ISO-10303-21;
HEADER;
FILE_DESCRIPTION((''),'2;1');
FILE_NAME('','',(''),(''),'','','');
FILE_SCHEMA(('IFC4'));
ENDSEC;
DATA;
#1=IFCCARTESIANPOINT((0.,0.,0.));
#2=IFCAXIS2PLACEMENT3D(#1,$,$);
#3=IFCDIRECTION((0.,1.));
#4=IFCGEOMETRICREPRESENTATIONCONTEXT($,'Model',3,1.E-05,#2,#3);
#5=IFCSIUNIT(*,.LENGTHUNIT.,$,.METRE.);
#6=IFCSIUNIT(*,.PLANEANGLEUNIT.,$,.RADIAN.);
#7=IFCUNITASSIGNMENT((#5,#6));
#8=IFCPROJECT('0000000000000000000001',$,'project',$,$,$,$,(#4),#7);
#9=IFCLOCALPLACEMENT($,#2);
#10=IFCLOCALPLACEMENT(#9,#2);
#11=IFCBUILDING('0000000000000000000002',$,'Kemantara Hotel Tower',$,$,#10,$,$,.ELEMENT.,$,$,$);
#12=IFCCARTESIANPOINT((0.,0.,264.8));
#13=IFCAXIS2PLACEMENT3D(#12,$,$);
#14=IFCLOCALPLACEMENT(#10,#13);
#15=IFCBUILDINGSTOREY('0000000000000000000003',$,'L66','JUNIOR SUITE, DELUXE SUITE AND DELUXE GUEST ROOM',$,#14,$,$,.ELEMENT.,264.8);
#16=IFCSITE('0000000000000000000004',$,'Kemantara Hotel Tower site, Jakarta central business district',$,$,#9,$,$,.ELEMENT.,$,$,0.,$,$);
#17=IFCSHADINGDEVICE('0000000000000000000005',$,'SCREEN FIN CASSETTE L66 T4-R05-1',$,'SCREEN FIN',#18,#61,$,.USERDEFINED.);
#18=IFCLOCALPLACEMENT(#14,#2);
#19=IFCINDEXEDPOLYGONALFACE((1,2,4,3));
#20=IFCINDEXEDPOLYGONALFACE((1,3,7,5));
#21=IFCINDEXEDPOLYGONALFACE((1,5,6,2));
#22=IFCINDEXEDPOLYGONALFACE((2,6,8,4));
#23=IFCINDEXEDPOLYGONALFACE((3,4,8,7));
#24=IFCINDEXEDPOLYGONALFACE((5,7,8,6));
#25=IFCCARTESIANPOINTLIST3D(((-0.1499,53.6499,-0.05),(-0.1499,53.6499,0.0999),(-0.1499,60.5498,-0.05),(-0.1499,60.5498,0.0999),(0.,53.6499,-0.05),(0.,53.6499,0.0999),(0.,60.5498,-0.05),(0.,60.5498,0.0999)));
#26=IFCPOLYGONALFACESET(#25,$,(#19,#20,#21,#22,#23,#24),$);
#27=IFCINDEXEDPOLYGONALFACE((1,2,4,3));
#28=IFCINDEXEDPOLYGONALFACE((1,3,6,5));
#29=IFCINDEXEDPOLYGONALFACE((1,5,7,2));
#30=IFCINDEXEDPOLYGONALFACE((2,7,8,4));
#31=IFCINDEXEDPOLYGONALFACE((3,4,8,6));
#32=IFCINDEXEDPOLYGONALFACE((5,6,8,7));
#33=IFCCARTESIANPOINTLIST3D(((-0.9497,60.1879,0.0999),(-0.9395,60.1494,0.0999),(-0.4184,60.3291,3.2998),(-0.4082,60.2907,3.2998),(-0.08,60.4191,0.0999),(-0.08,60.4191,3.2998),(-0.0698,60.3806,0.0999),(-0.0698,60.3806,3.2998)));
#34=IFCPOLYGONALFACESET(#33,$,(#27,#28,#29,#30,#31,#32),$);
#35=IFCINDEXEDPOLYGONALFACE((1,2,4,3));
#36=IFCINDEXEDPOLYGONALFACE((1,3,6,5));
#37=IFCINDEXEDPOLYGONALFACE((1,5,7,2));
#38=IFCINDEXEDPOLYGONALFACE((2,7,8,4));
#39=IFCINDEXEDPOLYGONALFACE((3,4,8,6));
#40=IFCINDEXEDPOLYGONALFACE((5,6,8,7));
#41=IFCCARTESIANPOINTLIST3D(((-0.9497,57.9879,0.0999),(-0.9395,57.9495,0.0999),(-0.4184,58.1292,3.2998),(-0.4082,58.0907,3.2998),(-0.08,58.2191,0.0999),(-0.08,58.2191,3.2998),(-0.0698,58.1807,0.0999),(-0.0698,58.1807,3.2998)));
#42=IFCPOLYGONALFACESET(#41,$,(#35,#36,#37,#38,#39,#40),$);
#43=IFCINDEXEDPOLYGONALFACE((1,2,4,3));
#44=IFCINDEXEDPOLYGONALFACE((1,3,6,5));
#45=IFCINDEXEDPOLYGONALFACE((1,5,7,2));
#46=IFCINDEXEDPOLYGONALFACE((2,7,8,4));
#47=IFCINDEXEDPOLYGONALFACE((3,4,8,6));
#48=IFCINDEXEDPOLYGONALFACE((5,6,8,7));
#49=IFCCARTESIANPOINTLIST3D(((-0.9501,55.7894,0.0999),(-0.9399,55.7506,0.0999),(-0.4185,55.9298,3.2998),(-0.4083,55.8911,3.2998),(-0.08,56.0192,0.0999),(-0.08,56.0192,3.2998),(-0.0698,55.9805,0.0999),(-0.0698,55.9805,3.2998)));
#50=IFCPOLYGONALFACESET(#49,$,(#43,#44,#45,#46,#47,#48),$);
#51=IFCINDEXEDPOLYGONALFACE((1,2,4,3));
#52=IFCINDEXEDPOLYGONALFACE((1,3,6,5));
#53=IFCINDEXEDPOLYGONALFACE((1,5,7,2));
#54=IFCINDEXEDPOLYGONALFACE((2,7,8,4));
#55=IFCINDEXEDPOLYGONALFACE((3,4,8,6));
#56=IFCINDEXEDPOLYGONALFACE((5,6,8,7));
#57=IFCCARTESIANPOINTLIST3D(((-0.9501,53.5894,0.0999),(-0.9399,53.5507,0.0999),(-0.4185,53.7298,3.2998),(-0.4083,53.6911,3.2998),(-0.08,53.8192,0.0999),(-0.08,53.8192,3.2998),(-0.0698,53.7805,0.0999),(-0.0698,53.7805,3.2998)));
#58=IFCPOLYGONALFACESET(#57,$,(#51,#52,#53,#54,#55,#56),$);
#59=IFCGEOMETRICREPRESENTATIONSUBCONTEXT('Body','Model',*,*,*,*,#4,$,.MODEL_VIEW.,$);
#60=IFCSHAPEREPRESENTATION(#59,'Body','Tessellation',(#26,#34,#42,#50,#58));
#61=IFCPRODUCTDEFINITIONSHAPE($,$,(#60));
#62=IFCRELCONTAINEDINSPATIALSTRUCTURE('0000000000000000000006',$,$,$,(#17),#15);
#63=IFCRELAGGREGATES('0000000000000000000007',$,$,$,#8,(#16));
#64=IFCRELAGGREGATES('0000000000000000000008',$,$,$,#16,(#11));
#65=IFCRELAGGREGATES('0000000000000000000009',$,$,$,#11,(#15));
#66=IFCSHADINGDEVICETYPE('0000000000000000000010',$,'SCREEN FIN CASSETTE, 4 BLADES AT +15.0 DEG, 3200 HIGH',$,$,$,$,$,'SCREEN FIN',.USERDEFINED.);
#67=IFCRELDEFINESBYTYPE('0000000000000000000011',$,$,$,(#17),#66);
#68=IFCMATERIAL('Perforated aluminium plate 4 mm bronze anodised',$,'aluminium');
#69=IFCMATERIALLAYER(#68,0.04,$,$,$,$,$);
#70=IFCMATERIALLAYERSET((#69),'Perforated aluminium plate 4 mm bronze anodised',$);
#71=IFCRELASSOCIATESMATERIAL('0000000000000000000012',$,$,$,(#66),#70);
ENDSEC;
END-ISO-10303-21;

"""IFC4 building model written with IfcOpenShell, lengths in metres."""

from ifc_helpers import new_model, si_unit, direction, frame, origin, origin_2d, place, context, subcontext, project, spatial, polyline, rectangle, outline, extrude, source, transform, mapped, material, layer, layer_set, type_object, element, save


model = new_model("IFC4")

# Units and contexts
model_context = context("Model", 3, precision=1e-05, world=origin(), true_north=direction((0.0, 1.0)))
body_context = subcontext(model_context, "Body", "Model", "MODEL_VIEW")
ifc_project = project(units=[si_unit("LENGTHUNIT", "METRE"), si_unit("PLANEANGLEUNIT", "RADIAN")], contexts=[model_context])

# Site, building, storey
site_placement = place(None, origin())
site = spatial("IfcSite", under=ifc_project, at=site_placement, Name="Kemantara Hotel Tower site, Jakarta central business district", CompositionType="ELEMENT", RefElevation=0.0)
building_placement = place(site_placement, origin())
building = spatial("IfcBuilding", under=site, at=building_placement, Name="Kemantara Hotel Tower", CompositionType="ELEMENT")
storey_placement = place(building_placement, frame((0.0, 0.0, 264.8)))
storey = spatial("IfcBuildingStorey", under=building, at=storey_placement, Name="L66", Description="JUNIOR SUITE, DELUXE SUITE AND DELUXE GUEST ROOM", CompositionType="ELEMENT", Elevation=264.8)

# Shading device
ifc_material_1 = material(Name="Perforated aluminium plate 4 mm bronze anodised", Category="aluminium")
ifc_layer_1 = layer(ifc_material_1, 0.04)
ifc_layer_set_1 = layer_set([ifc_layer_1], Name="Perforated aluminium plate 4 mm bronze anodised")
shading_device_type_1 = type_object("IfcShadingDeviceType", Name="SCREEN FIN CASSETTE, 4 BLADES AT +15.0 DEG, 3200 HIGH", ElementType="SCREEN FIN", PredefinedType="USERDEFINED", material=ifc_layer_set_1)
shared_shape_1 = source(origin(), body_context, "Body", "SweptSolid", [
    extrude(rectangle(XDim=6.8999, YDim=0.1499, at=origin_2d()), frame((3.3, -0.075, -0.1499), z_axis=(0.0, 0.0, 1.0), x_axis=(1.0, 0.0, 0.0)), (0.0, 0.0, 1.0), 0.1499),
    extrude(outline(polyline([(0.0, 0.0), (0.8999, 0.0), (0.3501, 3.2), (0.0, 3.2), (0.0, 0.0)])), frame((0.0193, -0.0698, 0.0), z_axis=(-0.966438, -0.256901, 0.0), x_axis=(0.256901, -0.966438, 0.0)), (0.0, 0.0, 1.0), 0.0398),
    extrude(outline(polyline([(0.0, 0.0), (0.8999, 0.0), (0.3501, 3.2), (0.0, 3.2), (0.0, 0.0)])), frame((2.2192, -0.0698, 0.0), z_axis=(-0.966438, -0.256901, 0.0), x_axis=(0.256901, -0.966438, 0.0)), (0.0, 0.0, 1.0), 0.0398),
    extrude(outline(polyline([(0.0, 0.0), (0.8999, 0.0), (0.3501, 3.2), (0.0, 3.2), (0.0, 0.0)])), frame((4.4194, -0.0698, 0.0), z_axis=(-0.966838, -0.255391, 0.0), x_axis=(0.255391, -0.966838, 0.0)), (0.0, 0.0, 1.0), 0.04),
    extrude(outline(polyline([(0.0, 0.0), (0.8999, 0.0), (0.3501, 3.2), (0.0, 3.2), (0.0, 0.0)])), frame((6.6194, -0.0698, 0.0), z_axis=(-0.966838, -0.255391, 0.0), x_axis=(0.255391, -0.966838, 0.0)), (0.0, 0.0, 1.0), 0.04),
])
shading_device_1_placement = place(storey_placement, frame((0.0, 60.3999, 0.0999), z_axis=(0.0, 0.0, 1.0), x_axis=(0.0, -1.0, 0.0)))
element("IfcShadingDevice", 1, at=shading_device_1_placement, inside=storey, type_object=shading_device_type_1, Name="SCREEN FIN CASSETTE L66 T4-R05-1", ObjectType="SCREEN FIN", PredefinedType="USERDEFINED", context=body_context, shape_type="MappedRepresentation", body=[
    mapped(shared_shape_1, transform((0.0, 0.0, 0.0))),
])

save(model, "model.ifc")
